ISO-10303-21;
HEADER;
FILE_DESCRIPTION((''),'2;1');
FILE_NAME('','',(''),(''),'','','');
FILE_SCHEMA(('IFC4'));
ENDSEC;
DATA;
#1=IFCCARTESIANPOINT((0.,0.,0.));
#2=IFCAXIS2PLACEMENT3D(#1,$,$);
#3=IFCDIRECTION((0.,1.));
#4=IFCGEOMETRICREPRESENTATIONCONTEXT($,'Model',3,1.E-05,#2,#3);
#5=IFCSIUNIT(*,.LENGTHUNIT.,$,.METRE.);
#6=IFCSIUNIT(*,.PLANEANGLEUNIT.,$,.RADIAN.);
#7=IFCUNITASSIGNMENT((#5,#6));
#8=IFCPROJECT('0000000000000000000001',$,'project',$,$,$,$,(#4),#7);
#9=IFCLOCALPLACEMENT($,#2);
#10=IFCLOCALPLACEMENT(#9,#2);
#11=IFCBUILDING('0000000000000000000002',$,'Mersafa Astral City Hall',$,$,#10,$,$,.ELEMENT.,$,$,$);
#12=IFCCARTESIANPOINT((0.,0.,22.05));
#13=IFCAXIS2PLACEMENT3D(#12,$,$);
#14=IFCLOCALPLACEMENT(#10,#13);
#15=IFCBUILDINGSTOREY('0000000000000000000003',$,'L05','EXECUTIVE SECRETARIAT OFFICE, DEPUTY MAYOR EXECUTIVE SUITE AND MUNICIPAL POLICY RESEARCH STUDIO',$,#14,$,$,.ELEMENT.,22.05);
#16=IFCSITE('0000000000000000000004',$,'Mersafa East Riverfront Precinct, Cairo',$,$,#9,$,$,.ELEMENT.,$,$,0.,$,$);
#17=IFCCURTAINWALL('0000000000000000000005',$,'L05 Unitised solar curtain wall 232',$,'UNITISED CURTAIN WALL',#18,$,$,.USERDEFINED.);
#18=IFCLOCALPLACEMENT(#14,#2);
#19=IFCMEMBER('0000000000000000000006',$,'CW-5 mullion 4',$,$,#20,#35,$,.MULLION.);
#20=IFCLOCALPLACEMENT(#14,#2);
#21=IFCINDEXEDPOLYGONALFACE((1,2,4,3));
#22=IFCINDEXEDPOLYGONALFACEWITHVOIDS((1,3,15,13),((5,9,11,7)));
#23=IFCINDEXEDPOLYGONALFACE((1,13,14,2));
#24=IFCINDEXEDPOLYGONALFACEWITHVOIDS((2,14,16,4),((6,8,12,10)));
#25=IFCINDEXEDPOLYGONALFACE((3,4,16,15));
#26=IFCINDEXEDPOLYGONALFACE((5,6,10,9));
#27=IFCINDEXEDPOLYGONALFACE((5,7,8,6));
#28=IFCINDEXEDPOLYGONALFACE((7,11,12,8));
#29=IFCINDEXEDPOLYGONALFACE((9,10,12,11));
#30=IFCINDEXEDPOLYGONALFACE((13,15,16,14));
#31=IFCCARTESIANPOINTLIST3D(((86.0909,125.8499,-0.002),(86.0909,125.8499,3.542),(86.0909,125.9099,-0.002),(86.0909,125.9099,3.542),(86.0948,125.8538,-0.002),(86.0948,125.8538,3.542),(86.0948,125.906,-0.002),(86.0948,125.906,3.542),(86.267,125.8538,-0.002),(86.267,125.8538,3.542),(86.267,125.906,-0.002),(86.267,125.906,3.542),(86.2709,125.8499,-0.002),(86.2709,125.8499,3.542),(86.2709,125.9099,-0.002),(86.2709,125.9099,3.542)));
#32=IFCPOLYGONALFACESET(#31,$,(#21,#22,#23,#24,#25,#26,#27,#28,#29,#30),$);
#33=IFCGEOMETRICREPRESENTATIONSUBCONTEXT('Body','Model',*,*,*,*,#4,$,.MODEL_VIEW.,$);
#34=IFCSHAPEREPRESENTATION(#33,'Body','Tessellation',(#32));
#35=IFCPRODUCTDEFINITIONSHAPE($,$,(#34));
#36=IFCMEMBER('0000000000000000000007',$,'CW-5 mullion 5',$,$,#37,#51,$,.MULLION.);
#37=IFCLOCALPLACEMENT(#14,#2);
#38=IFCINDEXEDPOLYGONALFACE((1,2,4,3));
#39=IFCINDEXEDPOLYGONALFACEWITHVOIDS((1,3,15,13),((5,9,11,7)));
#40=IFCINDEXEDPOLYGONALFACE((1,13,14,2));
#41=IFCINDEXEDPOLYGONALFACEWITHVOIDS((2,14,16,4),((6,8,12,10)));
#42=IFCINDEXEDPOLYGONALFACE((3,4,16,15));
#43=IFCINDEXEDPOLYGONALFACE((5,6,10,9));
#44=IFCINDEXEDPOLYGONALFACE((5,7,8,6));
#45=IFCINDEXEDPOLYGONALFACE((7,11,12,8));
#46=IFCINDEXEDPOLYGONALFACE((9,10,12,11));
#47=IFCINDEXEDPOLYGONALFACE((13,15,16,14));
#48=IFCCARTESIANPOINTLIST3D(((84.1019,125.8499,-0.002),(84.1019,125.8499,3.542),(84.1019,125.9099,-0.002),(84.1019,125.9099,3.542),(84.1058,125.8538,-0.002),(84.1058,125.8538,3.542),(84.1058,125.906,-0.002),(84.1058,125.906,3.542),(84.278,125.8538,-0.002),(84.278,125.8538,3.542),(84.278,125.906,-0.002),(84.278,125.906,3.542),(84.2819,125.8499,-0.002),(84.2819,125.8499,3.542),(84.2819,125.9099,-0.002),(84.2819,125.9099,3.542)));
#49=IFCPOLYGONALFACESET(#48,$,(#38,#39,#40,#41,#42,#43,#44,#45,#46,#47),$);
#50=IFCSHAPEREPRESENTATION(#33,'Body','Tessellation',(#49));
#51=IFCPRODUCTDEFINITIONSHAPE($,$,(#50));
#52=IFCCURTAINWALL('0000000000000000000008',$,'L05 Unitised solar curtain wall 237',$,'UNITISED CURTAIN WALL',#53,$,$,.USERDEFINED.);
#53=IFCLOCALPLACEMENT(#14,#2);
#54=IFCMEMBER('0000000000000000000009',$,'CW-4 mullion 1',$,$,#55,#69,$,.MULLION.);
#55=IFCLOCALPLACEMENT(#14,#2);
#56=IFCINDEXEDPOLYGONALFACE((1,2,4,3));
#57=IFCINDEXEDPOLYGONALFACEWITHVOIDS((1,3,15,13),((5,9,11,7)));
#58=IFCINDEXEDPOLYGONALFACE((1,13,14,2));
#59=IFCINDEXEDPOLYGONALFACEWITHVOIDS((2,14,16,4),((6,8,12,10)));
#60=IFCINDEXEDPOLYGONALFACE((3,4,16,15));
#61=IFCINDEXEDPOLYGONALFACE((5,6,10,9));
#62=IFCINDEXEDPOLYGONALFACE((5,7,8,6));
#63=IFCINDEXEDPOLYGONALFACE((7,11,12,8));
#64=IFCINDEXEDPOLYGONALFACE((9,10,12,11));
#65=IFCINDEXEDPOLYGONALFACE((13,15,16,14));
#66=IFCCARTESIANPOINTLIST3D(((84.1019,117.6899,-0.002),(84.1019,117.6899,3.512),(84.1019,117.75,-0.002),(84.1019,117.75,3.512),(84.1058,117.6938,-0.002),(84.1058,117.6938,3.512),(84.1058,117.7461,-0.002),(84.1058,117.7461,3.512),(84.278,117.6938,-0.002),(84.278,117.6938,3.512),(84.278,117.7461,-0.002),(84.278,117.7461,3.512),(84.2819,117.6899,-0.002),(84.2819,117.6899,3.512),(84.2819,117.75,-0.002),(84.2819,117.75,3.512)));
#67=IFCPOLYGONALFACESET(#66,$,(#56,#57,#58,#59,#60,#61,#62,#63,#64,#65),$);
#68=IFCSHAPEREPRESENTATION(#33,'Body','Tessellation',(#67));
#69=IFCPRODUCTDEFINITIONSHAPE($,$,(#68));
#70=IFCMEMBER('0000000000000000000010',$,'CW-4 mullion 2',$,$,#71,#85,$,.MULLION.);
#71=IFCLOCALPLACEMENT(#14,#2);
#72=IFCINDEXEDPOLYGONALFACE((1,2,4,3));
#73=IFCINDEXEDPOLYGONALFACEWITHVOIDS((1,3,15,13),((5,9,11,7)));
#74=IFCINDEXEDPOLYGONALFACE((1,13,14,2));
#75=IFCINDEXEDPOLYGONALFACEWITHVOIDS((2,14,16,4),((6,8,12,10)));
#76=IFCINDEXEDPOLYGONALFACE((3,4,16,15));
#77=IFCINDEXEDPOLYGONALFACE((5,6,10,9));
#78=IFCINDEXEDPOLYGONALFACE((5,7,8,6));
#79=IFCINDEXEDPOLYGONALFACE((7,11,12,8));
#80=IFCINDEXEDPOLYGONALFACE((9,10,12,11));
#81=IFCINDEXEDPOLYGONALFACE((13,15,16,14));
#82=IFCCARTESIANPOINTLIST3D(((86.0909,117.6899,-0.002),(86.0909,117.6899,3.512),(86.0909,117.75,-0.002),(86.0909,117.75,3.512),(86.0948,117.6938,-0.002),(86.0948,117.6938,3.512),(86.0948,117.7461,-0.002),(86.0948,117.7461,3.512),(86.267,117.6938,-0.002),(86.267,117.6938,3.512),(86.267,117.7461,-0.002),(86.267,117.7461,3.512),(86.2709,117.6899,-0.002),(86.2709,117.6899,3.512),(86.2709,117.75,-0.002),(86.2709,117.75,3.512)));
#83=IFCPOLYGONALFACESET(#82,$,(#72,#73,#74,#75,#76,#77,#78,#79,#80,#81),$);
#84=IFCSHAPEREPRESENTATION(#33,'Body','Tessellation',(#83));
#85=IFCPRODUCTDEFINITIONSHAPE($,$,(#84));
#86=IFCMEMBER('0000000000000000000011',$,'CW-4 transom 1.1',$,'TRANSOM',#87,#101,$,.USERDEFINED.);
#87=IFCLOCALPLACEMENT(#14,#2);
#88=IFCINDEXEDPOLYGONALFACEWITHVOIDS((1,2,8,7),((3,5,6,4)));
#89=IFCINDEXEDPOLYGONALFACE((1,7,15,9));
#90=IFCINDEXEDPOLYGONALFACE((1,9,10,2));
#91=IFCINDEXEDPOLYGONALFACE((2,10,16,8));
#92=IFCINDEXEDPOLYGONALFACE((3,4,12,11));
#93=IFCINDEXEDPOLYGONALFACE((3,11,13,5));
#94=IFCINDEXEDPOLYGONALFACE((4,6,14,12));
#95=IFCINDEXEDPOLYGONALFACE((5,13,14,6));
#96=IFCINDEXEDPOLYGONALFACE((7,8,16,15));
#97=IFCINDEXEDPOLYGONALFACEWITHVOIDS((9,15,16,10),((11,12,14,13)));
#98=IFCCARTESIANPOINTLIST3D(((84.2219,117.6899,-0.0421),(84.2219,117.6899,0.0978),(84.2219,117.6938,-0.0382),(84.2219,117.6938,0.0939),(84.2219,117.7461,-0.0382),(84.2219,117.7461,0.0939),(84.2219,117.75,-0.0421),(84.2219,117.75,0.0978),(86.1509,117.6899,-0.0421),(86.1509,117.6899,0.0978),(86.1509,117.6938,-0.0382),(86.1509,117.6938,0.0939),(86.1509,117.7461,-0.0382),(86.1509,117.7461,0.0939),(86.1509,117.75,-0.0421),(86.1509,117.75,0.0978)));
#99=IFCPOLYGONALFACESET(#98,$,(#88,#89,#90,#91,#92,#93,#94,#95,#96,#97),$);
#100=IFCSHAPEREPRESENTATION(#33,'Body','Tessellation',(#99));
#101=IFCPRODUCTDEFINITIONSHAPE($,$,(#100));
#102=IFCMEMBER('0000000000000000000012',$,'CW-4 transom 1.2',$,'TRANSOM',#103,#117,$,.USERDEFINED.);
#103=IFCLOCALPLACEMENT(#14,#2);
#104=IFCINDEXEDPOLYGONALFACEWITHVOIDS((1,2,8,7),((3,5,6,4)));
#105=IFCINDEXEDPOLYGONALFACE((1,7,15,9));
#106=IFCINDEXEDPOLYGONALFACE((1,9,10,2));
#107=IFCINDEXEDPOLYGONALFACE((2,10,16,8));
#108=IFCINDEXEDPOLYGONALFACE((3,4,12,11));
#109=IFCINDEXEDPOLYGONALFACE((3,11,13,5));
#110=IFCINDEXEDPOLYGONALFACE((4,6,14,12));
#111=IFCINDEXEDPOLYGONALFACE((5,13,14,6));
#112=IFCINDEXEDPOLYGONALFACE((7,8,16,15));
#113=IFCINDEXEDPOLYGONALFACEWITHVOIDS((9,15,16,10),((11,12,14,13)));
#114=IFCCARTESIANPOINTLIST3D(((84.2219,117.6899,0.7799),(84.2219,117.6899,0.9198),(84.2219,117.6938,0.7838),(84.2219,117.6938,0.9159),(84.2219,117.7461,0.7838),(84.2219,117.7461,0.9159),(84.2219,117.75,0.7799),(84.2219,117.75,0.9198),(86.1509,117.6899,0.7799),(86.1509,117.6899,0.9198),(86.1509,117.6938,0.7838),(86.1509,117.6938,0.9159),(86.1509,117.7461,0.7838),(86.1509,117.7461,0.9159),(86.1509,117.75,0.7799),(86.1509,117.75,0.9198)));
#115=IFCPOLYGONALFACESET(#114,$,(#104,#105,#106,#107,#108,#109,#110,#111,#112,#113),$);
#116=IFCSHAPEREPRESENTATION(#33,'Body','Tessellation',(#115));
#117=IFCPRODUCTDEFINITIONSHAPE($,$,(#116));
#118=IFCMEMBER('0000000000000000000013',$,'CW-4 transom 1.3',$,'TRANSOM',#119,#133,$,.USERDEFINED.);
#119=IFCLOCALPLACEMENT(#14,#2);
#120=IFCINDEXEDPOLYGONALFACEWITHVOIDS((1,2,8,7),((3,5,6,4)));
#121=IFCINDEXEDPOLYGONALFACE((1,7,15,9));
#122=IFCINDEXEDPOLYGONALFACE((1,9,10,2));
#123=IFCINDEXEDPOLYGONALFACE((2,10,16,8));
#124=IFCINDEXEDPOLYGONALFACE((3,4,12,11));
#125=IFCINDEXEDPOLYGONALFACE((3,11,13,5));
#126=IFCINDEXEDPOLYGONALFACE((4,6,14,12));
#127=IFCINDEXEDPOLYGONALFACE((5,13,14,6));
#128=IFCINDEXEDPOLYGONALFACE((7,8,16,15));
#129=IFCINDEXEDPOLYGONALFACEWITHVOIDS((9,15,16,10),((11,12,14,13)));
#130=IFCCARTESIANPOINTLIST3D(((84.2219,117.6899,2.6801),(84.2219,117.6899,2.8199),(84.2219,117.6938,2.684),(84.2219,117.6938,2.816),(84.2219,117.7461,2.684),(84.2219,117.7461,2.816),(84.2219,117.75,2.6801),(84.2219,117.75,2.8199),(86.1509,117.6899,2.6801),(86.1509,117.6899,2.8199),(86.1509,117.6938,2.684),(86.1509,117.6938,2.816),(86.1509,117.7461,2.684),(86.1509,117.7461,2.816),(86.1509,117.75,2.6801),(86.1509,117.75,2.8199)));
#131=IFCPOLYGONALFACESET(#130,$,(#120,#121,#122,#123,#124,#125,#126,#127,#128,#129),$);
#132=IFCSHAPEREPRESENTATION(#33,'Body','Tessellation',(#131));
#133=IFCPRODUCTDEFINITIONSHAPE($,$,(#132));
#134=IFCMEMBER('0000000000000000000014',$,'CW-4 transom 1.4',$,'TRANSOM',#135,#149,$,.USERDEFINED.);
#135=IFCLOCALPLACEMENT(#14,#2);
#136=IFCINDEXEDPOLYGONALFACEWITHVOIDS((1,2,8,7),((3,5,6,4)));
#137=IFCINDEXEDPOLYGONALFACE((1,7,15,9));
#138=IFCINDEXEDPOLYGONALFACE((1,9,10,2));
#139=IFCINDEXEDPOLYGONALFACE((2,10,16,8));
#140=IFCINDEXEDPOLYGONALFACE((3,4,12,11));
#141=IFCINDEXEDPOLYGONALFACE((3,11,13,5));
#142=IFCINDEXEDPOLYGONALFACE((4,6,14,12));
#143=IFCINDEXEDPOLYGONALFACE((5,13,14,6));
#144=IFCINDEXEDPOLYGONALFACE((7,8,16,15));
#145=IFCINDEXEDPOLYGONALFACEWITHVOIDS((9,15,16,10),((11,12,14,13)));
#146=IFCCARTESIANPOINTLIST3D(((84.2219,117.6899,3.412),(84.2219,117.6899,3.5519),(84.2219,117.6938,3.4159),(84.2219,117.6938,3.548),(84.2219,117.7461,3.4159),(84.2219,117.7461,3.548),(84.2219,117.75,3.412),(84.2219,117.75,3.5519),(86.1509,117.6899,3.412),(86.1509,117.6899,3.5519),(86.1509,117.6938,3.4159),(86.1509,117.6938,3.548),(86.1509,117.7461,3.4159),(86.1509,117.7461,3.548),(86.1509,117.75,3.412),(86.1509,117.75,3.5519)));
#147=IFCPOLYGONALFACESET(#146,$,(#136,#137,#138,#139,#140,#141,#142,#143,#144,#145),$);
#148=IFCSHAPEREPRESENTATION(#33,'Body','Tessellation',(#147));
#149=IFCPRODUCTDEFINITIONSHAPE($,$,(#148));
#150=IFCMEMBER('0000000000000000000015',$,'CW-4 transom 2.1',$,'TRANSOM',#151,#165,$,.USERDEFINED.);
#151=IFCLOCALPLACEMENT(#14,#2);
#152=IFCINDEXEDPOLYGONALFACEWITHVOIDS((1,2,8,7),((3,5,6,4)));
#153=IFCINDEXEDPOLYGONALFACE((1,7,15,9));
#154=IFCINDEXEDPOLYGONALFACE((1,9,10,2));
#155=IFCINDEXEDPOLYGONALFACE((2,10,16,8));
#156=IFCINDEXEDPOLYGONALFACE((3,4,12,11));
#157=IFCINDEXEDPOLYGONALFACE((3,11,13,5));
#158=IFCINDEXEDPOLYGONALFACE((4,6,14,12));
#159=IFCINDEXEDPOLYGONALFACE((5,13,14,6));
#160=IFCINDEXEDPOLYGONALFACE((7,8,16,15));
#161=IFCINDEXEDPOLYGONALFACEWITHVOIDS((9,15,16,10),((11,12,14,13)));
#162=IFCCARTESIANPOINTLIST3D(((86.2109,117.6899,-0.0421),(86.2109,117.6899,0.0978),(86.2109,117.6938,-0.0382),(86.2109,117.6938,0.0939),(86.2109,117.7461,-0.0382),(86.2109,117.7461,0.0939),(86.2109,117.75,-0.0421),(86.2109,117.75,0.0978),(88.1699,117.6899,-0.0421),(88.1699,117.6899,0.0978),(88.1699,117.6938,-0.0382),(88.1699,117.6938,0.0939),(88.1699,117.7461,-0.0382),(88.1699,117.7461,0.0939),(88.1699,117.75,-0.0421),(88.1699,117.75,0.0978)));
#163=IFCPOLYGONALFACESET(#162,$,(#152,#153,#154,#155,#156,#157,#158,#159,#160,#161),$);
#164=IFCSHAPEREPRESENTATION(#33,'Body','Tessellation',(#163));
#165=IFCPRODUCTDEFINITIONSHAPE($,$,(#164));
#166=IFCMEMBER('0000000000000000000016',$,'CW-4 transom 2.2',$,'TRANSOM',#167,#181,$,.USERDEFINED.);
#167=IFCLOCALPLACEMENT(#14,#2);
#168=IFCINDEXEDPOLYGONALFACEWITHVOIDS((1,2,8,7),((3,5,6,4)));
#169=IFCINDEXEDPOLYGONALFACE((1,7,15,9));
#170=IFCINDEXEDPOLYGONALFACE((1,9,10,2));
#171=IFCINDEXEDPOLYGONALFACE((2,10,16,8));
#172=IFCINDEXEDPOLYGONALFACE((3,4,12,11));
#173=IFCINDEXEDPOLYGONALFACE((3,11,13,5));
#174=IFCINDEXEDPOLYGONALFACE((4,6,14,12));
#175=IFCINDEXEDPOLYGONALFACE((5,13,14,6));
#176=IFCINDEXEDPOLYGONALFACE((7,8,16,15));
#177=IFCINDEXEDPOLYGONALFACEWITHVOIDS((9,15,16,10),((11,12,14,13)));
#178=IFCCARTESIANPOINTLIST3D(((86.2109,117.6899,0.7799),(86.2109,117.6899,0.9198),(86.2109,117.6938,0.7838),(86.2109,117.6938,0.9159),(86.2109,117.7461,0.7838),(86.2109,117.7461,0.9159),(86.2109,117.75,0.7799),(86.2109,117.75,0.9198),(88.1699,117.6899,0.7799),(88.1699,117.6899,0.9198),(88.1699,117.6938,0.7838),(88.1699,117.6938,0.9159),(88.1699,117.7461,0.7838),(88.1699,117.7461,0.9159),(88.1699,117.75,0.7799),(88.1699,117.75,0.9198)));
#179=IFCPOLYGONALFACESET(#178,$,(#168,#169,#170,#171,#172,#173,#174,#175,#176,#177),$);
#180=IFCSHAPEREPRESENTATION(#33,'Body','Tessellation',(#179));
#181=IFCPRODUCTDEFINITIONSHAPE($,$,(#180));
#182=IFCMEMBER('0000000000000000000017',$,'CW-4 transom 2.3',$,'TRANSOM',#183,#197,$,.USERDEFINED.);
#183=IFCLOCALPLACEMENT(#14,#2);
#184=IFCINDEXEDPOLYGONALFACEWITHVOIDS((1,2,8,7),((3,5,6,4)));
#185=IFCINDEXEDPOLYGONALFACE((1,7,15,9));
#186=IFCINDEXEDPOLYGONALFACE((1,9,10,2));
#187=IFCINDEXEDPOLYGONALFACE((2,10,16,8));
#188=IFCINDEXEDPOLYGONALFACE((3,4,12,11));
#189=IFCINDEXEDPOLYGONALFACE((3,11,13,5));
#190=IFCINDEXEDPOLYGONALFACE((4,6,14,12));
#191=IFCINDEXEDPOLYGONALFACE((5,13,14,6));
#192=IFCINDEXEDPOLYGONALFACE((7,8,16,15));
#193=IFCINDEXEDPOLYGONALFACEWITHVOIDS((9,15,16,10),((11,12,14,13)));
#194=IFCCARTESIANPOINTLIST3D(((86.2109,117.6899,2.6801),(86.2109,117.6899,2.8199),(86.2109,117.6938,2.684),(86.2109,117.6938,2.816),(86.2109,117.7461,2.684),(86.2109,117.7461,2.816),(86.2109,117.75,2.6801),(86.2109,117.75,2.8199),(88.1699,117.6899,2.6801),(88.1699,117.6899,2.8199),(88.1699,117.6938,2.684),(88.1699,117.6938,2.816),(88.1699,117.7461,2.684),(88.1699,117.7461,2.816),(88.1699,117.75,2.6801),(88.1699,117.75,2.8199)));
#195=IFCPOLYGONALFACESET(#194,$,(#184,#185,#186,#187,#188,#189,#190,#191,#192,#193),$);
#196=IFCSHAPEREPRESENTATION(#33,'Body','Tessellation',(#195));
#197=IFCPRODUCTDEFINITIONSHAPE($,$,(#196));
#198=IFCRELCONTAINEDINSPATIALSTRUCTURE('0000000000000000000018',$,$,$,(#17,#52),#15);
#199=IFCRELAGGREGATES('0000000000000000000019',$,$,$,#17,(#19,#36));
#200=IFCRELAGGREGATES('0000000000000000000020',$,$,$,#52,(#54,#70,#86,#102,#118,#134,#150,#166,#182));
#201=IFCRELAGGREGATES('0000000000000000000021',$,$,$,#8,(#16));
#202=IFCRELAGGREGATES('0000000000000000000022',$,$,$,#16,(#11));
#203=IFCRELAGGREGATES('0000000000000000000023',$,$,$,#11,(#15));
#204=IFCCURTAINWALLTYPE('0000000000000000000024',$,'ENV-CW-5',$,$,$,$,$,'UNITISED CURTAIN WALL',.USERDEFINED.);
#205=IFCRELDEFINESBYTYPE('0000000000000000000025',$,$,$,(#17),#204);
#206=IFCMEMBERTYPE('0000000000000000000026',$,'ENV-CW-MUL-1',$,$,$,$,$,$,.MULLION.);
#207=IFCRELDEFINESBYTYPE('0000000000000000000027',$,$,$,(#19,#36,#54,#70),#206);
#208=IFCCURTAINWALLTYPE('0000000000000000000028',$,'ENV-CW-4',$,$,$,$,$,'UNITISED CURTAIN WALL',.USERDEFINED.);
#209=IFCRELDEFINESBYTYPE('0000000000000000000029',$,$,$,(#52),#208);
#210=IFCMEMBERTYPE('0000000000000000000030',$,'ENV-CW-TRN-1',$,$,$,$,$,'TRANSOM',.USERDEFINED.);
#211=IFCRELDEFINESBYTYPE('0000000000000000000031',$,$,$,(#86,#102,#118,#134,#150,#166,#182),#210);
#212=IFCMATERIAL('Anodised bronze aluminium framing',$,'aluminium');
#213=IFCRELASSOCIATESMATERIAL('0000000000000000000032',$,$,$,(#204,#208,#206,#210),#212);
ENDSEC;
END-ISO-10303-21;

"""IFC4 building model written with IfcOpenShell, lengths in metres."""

from ifc_helpers import new_model, si_unit, direction, frame, origin, origin_2d, place, context, subcontext, project, spatial, hollow_rectangle, extrude, material, material_profile, profile_set, type_object, element, aggregate, save


model = new_model("IFC4")

# Units and contexts
model_context = context("Model", 3, precision=1e-05, world=origin(), true_north=direction((0.0, 1.0)))
body_context = subcontext(model_context, "Body", "Model", "MODEL_VIEW")
ifc_project = project(units=[si_unit("LENGTHUNIT", "METRE"), si_unit("PLANEANGLEUNIT", "RADIAN")], contexts=[model_context])

# Site, building, storey
site_placement = place(None, origin())
site = spatial("IfcSite", under=ifc_project, at=site_placement, Name="Mersafa East Riverfront Precinct, Cairo", CompositionType="ELEMENT", RefElevation=0.0)
building_placement = place(site_placement, origin())
building = spatial("IfcBuilding", under=site, at=building_placement, Name="Mersafa Astral City Hall", CompositionType="ELEMENT")
storey_placement = place(building_placement, frame((0.0, 0.0, 22.05)))
storey = spatial("IfcBuildingStorey", under=building, at=storey_placement, Name="L05", Description="EXECUTIVE SECRETARIAT OFFICE, DEPUTY MAYOR EXECUTIVE SUITE AND MUNICIPAL POLICY RESEARCH STUDIO", CompositionType="ELEMENT", Elevation=22.05)

# Curtain walls, members
ifc_material_1 = material(Name="Anodised bronze aluminium framing", Category="aluminium")
curtain_wall_type_1 = type_object("IfcCurtainWallType", Name="ENV-CW-5", ElementType="UNITISED CURTAIN WALL", PredefinedType="USERDEFINED", material=ifc_material_1)
curtain_wall_1_placement = place(storey_placement, origin())
curtain_wall_1 = element("IfcCurtainWall", 1, at=curtain_wall_1_placement, inside=storey, type_object=curtain_wall_type_1, Name="L05 Unitised solar curtain wall 232", ObjectType="UNITISED CURTAIN WALL", PredefinedType="USERDEFINED")
ifc_material_profile_1 = material_profile(ifc_material_1, hollow_rectangle(XDim=0.0601, YDim=0.1799, WallThickness=0.0039, at=origin_2d()), Name="RHS 60x180x4")
ifc_profile_set_1 = profile_set([ifc_material_profile_1], Name="Anodised bronze aluminium framing")
member_type_1 = type_object("IfcMemberType", Name="ENV-CW-MUL-1", PredefinedType="MULLION", material=ifc_profile_set_1)
member_1_placement = place(storey_placement, frame((86.1809, 125.8799, -0.002), z_axis=(0.0, 0.0, 1.0), x_axis=(0.0, -1.0, 0.0)))
member_1 = element("IfcMember", 2, at=member_1_placement, type_object=member_type_1, Name="CW-5 mullion 4", PredefinedType="MULLION", context=body_context, shape_type="SweptSolid", body=[
    extrude(hollow_rectangle(XDim=0.0601, YDim=0.1799, WallThickness=0.0039, at=origin_2d()), origin(), (0.0, 0.0, 1.0), 3.5439),
])
member_2_placement = place(storey_placement, frame((84.1919, 125.8799, -0.002), z_axis=(0.0, 0.0, 1.0), x_axis=(0.0, -1.0, 0.0)))
member_2 = element("IfcMember", 3, at=member_2_placement, type_object=member_type_1, Name="CW-5 mullion 5", PredefinedType="MULLION", context=body_context, shape_type="SweptSolid", body=[
    extrude(hollow_rectangle(XDim=0.0601, YDim=0.1799, WallThickness=0.0039, at=origin_2d()), origin(), (0.0, 0.0, 1.0), 3.5439),
])
curtain_wall_type_2 = type_object("IfcCurtainWallType", Name="ENV-CW-4", ElementType="UNITISED CURTAIN WALL", PredefinedType="USERDEFINED", material=ifc_material_1)
curtain_wall_2_placement = place(storey_placement, origin())
curtain_wall_2 = element("IfcCurtainWall", 4, at=curtain_wall_2_placement, inside=storey, type_object=curtain_wall_type_2, Name="L05 Unitised solar curtain wall 237", ObjectType="UNITISED CURTAIN WALL", PredefinedType="USERDEFINED")
member_3_placement = place(storey_placement, frame((84.1919, 117.72, -0.002), z_axis=(0.0, 0.0, 1.0), x_axis=(0.0, 1.0, 0.0)))
member_3 = element("IfcMember", 5, at=member_3_placement, type_object=member_type_1, Name="CW-4 mullion 1", PredefinedType="MULLION", context=body_context, shape_type="SweptSolid", body=[
    extrude(hollow_rectangle(XDim=0.0601, YDim=0.1799, WallThickness=0.0039, at=origin_2d()), origin(), (0.0, 0.0, 1.0), 3.5139),
])
member_4_placement = place(storey_placement, frame((86.1809, 117.72, -0.002), z_axis=(0.0, 0.0, 1.0), x_axis=(0.0, 1.0, 0.0)))
member_4 = element("IfcMember", 6, at=member_4_placement, type_object=member_type_1, Name="CW-4 mullion 2", PredefinedType="MULLION", context=body_context, shape_type="SweptSolid", body=[
    extrude(hollow_rectangle(XDim=0.0601, YDim=0.1799, WallThickness=0.0039, at=origin_2d()), origin(), (0.0, 0.0, 1.0), 3.5139),
])
ifc_material_profile_2 = material_profile(ifc_material_1, hollow_rectangle(XDim=0.0601, YDim=0.1399, WallThickness=0.0039, at=origin_2d()), Name="RHS 60x140x4")
ifc_profile_set_2 = profile_set([ifc_material_profile_2], Name="Anodised bronze aluminium framing")
member_type_2 = type_object("IfcMemberType", Name="ENV-CW-TRN-1", ElementType="TRANSOM", PredefinedType="USERDEFINED", material=ifc_profile_set_2)
member_5_placement = place(storey_placement, frame((84.2219, 117.72, 0.0278), z_axis=(1.0, 0.0, 0.0), x_axis=(0.0, 1.0, 0.0)))
member_5 = element("IfcMember", 7, at=member_5_placement, type_object=member_type_2, Name="CW-4 transom 1.1", ObjectType="TRANSOM", PredefinedType="USERDEFINED", context=body_context, shape_type="SweptSolid", body=[
    extrude(hollow_rectangle(XDim=0.0601, YDim=0.1399, WallThickness=0.0039, at=origin_2d()), origin(), (0.0, 0.0, 1.0), 1.929),
])
member_6_placement = place(storey_placement, frame((84.2219, 117.72, 0.8499), z_axis=(1.0, 0.0, 0.0), x_axis=(0.0, 1.0, 0.0)))
member_6 = element("IfcMember", 8, at=member_6_placement, type_object=member_type_2, Name="CW-4 transom 1.2", ObjectType="TRANSOM", PredefinedType="USERDEFINED", context=body_context, shape_type="SweptSolid", body=[
    extrude(hollow_rectangle(XDim=0.0601, YDim=0.1399, WallThickness=0.0039, at=origin_2d()), origin(), (0.0, 0.0, 1.0), 1.929),
])
member_7_placement = place(storey_placement, frame((84.2219, 117.72, 2.75), z_axis=(1.0, 0.0, 0.0), x_axis=(0.0, 1.0, 0.0)))
member_7 = element("IfcMember", 9, at=member_7_placement, type_object=member_type_2, Name="CW-4 transom 1.3", ObjectType="TRANSOM", PredefinedType="USERDEFINED", context=body_context, shape_type="SweptSolid", body=[
    extrude(hollow_rectangle(XDim=0.0601, YDim=0.1399, WallThickness=0.0039, at=origin_2d()), origin(), (0.0, 0.0, 1.0), 1.929),
])
member_8_placement = place(storey_placement, frame((84.2219, 117.72, 3.4819), z_axis=(1.0, 0.0, 0.0), x_axis=(0.0, 1.0, 0.0)))
member_8 = element("IfcMember", 10, at=member_8_placement, type_object=member_type_2, Name="CW-4 transom 1.4", ObjectType="TRANSOM", PredefinedType="USERDEFINED", context=body_context, shape_type="SweptSolid", body=[
    extrude(hollow_rectangle(XDim=0.0601, YDim=0.1399, WallThickness=0.0039, at=origin_2d()), origin(), (0.0, 0.0, 1.0), 1.929),
])
member_9_placement = place(storey_placement, frame((86.2109, 117.72, 0.0278), z_axis=(1.0, 0.0, 0.0), x_axis=(0.0, 1.0, 0.0)))
member_9 = element("IfcMember", 11, at=member_9_placement, type_object=member_type_2, Name="CW-4 transom 2.1", ObjectType="TRANSOM", PredefinedType="USERDEFINED", context=body_context, shape_type="SweptSolid", body=[
    extrude(hollow_rectangle(XDim=0.0601, YDim=0.1399, WallThickness=0.0039, at=origin_2d()), origin(), (0.0, 0.0, 1.0), 1.959),
])
member_10_placement = place(storey_placement, frame((86.2109, 117.72, 0.8499), z_axis=(1.0, 0.0, 0.0), x_axis=(0.0, 1.0, 0.0)))
member_10 = element("IfcMember", 12, at=member_10_placement, type_object=member_type_2, Name="CW-4 transom 2.2", ObjectType="TRANSOM", PredefinedType="USERDEFINED", context=body_context, shape_type="SweptSolid", body=[
    extrude(hollow_rectangle(XDim=0.0601, YDim=0.1399, WallThickness=0.0039, at=origin_2d()), origin(), (0.0, 0.0, 1.0), 1.959),
])
member_11_placement = place(storey_placement, frame((86.2109, 117.72, 2.75), z_axis=(1.0, 0.0, 0.0), x_axis=(0.0, 1.0, 0.0)))
member_11 = element("IfcMember", 13, at=member_11_placement, type_object=member_type_2, Name="CW-4 transom 2.3", ObjectType="TRANSOM", PredefinedType="USERDEFINED", context=body_context, shape_type="SweptSolid", body=[
    extrude(hollow_rectangle(XDim=0.0601, YDim=0.1399, WallThickness=0.0039, at=origin_2d()), origin(), (0.0, 0.0, 1.0), 1.959),
])

aggregate(curtain_wall_1, [member_1, member_2])
aggregate(curtain_wall_2, [member_3, member_4, member_5, member_6, member_7, member_8, member_9, member_10, member_11])

save(model, "model.ifc")
